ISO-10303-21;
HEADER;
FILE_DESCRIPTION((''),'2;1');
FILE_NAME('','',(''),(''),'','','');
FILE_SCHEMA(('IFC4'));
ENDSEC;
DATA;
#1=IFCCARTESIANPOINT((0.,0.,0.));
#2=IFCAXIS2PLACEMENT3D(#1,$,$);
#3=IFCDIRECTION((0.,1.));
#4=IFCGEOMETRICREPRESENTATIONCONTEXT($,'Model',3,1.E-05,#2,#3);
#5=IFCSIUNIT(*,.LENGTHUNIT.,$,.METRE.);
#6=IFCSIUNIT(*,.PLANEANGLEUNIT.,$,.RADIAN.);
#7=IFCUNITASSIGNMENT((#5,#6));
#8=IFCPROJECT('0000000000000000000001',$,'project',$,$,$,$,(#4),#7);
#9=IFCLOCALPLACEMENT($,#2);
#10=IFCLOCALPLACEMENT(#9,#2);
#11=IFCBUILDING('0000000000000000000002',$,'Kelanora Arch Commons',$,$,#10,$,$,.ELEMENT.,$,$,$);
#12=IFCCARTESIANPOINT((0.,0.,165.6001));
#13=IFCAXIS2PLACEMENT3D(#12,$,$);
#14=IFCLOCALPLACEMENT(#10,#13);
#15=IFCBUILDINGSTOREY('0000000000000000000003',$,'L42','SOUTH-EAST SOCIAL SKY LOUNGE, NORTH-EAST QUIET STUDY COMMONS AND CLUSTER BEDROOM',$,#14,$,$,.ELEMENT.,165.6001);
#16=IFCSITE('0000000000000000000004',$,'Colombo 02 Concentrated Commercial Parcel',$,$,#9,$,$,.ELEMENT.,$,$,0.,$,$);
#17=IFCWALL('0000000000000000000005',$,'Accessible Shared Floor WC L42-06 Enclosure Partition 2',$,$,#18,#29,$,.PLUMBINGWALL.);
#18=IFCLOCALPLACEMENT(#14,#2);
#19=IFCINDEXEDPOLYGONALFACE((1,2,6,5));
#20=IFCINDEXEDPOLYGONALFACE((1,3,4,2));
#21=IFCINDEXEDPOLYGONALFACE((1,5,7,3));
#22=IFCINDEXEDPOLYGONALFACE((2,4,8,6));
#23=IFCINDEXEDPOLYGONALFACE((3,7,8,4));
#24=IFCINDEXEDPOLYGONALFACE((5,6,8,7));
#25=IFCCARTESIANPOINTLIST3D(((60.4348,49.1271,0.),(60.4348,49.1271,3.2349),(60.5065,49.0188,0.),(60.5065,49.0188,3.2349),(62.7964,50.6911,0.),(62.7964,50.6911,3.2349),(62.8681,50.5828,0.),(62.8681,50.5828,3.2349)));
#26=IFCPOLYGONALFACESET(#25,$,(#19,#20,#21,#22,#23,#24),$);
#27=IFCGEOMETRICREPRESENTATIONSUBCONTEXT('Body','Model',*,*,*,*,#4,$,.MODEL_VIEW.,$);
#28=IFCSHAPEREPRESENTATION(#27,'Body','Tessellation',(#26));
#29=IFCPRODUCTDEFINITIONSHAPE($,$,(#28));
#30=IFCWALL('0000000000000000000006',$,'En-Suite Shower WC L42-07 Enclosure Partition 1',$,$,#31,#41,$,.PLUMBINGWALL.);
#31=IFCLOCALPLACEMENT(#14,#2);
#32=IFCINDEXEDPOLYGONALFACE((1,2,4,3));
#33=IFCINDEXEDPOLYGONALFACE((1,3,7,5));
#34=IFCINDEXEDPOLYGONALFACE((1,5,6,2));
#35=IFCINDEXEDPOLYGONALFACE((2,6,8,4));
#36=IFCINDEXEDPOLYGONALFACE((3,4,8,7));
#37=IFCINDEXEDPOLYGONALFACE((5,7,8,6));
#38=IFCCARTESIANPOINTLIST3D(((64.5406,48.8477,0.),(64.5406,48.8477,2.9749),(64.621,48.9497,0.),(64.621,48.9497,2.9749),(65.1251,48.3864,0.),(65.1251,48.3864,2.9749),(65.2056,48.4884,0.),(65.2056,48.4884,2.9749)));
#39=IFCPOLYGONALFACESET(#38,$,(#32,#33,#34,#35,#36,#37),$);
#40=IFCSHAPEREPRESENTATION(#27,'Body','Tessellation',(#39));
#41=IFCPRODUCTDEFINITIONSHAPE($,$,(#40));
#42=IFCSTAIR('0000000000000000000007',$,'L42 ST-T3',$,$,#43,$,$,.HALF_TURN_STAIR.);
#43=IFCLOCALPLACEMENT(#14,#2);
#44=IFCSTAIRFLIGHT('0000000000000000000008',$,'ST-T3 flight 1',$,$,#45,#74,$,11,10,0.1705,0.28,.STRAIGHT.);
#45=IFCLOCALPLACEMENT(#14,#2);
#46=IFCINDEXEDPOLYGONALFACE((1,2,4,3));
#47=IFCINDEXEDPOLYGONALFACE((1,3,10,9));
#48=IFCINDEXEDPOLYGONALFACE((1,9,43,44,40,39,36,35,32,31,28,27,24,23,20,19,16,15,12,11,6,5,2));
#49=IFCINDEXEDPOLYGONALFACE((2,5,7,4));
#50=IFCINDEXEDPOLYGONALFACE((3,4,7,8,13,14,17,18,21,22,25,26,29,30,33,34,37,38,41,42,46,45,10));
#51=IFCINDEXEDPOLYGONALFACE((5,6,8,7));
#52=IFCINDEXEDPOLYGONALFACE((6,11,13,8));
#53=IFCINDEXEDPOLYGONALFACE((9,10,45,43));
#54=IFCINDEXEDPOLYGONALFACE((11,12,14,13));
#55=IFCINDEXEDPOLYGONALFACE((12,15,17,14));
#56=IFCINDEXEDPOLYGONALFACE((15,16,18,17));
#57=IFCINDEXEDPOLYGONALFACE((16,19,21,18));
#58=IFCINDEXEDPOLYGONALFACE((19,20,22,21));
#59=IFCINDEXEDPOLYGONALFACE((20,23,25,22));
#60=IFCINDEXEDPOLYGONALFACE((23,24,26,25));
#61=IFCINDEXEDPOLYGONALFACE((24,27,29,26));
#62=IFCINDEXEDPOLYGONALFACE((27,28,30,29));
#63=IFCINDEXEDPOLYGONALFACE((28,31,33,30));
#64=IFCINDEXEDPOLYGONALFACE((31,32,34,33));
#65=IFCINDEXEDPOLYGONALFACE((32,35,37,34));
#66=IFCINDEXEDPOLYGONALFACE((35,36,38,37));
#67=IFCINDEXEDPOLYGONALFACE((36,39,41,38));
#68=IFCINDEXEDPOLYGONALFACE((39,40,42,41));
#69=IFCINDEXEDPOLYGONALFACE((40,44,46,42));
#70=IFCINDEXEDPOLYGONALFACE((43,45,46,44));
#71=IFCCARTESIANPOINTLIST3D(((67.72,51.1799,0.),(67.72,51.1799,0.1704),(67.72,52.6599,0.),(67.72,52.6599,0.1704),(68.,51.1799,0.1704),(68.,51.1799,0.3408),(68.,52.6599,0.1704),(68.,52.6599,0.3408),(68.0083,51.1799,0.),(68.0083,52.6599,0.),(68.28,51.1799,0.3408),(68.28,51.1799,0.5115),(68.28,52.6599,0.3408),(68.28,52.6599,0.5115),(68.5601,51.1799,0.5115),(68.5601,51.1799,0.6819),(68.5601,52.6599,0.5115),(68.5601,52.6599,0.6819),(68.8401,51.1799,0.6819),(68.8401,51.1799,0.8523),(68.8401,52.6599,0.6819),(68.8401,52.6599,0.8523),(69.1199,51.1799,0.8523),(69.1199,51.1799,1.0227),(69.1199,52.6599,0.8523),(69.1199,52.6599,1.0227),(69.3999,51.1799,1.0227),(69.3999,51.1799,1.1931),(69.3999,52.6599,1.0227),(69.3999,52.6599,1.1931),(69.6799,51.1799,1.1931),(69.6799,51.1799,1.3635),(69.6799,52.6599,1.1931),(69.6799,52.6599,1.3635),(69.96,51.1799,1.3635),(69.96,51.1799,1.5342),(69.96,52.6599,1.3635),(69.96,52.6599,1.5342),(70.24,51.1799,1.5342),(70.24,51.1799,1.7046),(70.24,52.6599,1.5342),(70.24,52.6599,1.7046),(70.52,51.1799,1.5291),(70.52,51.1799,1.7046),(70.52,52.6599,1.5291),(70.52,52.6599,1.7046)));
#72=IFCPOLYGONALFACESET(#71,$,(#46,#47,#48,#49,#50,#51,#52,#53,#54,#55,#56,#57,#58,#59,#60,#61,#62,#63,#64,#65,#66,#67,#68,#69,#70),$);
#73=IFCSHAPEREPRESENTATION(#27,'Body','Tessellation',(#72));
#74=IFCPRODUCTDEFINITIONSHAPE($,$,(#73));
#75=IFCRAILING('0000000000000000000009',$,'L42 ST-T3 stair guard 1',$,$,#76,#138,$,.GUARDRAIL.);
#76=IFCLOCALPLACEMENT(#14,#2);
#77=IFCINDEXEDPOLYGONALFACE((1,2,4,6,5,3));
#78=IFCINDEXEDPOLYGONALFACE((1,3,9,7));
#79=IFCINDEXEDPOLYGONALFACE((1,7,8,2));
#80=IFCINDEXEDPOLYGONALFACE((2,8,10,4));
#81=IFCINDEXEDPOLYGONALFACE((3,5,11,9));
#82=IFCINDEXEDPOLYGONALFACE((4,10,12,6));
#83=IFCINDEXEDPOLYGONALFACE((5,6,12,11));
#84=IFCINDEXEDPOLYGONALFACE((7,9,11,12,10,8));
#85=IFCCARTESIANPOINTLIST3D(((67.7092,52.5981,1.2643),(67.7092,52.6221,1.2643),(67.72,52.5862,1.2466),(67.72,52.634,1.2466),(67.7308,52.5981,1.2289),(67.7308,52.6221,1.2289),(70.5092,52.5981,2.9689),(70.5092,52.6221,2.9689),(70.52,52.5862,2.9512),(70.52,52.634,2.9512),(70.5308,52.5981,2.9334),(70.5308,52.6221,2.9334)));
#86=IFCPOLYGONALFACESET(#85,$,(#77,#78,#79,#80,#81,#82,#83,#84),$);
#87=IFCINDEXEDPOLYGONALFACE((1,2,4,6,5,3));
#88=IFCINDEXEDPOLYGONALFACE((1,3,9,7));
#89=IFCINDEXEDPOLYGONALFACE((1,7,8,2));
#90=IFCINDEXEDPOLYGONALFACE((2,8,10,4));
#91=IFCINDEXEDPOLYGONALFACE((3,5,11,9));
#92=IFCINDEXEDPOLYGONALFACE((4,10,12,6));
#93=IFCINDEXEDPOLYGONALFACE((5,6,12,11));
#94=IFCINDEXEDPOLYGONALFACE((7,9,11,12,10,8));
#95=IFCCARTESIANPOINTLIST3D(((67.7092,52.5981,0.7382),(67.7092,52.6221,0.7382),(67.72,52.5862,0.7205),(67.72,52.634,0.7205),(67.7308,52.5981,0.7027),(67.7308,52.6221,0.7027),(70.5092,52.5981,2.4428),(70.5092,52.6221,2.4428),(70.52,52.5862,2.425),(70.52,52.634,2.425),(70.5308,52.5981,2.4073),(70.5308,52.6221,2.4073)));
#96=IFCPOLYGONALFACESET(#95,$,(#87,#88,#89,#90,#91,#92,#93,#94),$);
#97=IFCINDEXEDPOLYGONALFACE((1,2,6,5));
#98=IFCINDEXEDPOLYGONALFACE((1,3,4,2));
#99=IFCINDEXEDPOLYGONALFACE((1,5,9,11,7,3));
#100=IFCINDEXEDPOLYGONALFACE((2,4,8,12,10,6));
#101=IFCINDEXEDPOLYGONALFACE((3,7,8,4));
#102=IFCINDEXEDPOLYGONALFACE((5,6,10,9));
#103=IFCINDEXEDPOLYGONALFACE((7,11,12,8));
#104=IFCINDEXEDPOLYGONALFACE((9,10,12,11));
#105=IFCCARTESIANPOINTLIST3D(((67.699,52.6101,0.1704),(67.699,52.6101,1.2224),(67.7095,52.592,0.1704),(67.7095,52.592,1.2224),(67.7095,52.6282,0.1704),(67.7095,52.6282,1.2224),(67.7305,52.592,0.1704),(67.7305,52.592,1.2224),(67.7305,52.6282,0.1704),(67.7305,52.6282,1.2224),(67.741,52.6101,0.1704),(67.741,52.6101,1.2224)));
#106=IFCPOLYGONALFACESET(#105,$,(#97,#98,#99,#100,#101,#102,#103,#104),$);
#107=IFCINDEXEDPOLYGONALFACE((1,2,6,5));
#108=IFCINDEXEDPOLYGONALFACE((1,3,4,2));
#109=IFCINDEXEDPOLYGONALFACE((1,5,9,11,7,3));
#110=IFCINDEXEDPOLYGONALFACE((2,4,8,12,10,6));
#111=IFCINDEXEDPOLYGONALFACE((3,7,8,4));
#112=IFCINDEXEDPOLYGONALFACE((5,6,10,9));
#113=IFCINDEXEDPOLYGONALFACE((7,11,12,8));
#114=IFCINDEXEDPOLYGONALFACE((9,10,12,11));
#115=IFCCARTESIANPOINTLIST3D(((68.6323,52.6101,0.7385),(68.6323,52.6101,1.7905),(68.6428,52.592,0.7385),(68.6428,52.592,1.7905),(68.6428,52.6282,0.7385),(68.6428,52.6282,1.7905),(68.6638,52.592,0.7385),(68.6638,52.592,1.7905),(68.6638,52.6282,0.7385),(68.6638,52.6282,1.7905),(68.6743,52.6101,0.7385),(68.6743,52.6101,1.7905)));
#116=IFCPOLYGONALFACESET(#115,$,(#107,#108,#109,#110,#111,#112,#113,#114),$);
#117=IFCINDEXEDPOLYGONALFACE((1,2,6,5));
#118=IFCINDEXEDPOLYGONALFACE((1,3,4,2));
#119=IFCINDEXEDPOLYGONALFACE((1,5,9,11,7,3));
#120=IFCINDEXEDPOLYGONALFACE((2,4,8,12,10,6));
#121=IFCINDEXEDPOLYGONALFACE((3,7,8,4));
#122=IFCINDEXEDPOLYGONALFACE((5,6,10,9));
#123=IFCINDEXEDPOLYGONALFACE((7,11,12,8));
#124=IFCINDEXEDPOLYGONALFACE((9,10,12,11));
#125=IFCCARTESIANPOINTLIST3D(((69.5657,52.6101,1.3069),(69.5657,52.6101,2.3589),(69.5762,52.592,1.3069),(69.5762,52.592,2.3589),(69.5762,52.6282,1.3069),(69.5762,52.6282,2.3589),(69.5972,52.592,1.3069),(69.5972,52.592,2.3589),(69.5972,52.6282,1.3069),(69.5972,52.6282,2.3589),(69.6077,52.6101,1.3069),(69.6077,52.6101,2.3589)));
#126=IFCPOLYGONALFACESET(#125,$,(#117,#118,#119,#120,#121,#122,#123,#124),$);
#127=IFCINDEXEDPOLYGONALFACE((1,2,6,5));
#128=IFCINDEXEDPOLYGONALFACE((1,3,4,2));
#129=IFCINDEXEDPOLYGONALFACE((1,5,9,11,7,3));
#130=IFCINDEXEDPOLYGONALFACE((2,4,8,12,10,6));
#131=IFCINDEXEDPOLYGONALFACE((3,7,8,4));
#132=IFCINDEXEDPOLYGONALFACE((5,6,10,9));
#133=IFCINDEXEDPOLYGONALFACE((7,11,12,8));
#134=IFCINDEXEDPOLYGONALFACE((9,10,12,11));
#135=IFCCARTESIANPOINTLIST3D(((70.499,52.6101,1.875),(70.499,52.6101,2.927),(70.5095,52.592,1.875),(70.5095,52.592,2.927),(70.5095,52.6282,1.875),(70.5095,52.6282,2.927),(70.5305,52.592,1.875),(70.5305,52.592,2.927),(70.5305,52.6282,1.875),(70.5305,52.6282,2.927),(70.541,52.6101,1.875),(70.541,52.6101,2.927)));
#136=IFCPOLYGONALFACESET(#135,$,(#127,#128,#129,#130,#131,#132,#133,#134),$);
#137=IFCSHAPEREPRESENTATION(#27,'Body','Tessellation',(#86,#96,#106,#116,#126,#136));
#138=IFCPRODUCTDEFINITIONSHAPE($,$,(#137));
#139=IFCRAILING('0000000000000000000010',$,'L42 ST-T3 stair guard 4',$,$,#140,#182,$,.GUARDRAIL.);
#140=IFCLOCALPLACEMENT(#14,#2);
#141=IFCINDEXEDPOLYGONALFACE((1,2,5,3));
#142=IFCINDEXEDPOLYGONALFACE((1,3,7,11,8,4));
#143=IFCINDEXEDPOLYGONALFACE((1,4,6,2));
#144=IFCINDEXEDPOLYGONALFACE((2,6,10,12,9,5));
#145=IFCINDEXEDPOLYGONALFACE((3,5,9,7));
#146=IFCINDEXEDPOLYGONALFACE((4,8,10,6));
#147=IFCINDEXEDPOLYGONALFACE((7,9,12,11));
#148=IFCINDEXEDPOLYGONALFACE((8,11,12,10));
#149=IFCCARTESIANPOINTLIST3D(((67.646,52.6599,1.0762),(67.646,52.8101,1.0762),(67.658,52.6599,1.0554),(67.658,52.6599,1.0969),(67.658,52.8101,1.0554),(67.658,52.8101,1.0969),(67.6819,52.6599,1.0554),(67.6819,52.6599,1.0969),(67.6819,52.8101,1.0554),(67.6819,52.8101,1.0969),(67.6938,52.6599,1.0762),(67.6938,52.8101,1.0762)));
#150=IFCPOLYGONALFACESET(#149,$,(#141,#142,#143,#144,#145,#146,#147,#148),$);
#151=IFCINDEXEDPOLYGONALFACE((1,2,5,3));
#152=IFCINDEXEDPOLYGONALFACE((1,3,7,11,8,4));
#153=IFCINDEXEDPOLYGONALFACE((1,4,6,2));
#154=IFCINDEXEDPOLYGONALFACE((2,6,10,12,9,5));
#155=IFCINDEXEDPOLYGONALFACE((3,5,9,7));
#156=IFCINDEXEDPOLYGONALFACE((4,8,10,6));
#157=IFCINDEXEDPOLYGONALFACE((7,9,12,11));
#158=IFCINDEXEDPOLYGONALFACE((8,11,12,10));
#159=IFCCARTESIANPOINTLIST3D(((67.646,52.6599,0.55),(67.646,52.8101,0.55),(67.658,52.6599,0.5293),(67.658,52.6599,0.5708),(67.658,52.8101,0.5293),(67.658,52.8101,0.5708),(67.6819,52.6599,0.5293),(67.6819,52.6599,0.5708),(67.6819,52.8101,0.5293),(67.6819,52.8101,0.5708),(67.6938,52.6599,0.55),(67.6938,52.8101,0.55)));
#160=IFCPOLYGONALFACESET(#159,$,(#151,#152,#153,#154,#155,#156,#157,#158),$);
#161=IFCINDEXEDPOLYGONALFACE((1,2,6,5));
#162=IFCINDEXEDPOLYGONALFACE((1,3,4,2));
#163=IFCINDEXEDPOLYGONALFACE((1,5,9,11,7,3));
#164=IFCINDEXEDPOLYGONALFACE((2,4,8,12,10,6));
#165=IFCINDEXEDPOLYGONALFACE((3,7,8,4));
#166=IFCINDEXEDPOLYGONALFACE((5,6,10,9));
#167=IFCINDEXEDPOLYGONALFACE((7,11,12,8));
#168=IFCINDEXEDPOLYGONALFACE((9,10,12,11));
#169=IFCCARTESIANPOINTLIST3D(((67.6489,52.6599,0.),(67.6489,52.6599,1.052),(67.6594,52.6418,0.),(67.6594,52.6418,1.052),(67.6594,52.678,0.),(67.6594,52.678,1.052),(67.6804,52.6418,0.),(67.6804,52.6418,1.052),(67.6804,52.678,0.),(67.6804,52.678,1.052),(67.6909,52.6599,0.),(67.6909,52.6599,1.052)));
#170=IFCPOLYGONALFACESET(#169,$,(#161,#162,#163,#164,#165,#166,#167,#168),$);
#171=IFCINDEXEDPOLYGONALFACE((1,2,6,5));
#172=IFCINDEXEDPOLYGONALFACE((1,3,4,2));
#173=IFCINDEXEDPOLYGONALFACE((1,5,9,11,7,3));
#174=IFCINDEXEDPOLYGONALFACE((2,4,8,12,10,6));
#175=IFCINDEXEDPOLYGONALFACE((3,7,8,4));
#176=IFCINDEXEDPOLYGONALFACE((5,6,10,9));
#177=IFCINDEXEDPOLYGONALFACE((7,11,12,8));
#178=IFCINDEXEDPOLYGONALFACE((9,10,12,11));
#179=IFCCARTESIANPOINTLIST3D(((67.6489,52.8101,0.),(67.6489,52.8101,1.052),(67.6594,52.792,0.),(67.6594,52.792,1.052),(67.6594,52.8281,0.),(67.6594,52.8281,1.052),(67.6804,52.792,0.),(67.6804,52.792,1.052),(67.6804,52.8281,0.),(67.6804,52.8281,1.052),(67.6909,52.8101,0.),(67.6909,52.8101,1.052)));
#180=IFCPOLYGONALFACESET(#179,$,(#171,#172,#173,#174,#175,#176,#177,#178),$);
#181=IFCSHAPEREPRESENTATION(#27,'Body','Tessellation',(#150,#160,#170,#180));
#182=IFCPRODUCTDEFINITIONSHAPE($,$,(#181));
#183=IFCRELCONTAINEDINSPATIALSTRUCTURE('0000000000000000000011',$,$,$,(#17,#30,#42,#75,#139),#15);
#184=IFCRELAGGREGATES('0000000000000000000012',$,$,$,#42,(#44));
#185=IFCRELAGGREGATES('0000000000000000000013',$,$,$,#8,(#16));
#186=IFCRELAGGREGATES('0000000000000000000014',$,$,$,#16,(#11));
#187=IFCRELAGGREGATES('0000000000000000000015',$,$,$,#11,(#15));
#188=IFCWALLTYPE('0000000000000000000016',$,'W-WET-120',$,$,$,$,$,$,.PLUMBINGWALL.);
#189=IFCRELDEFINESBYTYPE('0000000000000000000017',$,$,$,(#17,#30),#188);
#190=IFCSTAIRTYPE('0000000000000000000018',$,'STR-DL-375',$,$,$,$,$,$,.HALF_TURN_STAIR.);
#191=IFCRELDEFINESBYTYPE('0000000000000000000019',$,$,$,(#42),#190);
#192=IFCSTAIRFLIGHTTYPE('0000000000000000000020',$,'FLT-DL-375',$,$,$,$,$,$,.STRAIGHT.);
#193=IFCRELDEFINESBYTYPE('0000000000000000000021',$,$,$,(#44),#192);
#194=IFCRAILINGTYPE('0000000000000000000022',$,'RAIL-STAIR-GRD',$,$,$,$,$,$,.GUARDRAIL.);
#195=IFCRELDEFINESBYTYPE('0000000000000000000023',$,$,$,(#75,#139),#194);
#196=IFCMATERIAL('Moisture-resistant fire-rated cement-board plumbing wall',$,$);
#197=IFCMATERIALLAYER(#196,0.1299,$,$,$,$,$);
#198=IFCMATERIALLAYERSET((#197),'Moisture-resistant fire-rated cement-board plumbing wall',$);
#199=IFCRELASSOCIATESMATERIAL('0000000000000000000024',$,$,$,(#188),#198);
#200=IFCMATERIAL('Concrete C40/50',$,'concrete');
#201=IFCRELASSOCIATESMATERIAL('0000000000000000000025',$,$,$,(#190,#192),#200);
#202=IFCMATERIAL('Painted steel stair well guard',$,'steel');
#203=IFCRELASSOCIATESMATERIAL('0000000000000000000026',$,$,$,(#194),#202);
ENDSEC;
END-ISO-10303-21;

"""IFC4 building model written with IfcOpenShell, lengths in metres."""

from ifc_helpers import new_model, si_unit, direction, frame, frame_2d, origin, place, context, subcontext, project, spatial, polyline, rectangle, outline, extrude, material, layer, layer_set, type_object, element, aggregate, save


model = new_model("IFC4")

# Units and contexts
model_context = context("Model", 3, precision=1e-05, world=origin(), true_north=direction((0.0, 1.0)))
body_context = subcontext(model_context, "Body", "Model", "MODEL_VIEW")
ifc_project = project(units=[si_unit("LENGTHUNIT", "METRE"), si_unit("PLANEANGLEUNIT", "RADIAN")], contexts=[model_context])

# Site, building, storey
site_placement = place(None, origin())
site = spatial("IfcSite", under=ifc_project, at=site_placement, Name="Colombo 02 Concentrated Commercial Parcel", CompositionType="ELEMENT", RefElevation=0.0)
building_placement = place(site_placement, origin())
building = spatial("IfcBuilding", under=site, at=building_placement, Name="Kelanora Arch Commons", CompositionType="ELEMENT")
storey_placement = place(building_placement, frame((0.0, 0.0, 165.6001)))
storey = spatial("IfcBuildingStorey", under=building, at=storey_placement, Name="L42", Description="SOUTH-EAST SOCIAL SKY LOUNGE, NORTH-EAST QUIET STUDY COMMONS AND CLUSTER BEDROOM", CompositionType="ELEMENT", Elevation=165.6001)

# Shared definitions
ifc_material_1 = material(Name="Concrete C40/50", Category="concrete")

# Shared definitions
ifc_material_2 = material(Name="Moisture-resistant fire-rated cement-board plumbing wall")
ifc_layer_1 = layer(ifc_material_2, 0.1299)
ifc_layer_set_1 = layer_set([ifc_layer_1], Name="Moisture-resistant fire-rated cement-board plumbing wall")
wall_type_1 = type_object("IfcWallType", Name="W-WET-120", PredefinedType="PLUMBINGWALL", material=ifc_layer_set_1)

# Walls
wall_1_placement = place(storey_placement, frame((62.8323, 50.637, 0.0), z_axis=(0.0, 0.0, 1.0), x_axis=(-0.833744, -0.552152, 0.0)))
element("IfcWall", 1, at=wall_1_placement, inside=storey, type_object=wall_type_1, Name="Accessible Shared Floor WC L42-06 Enclosure Partition 2", PredefinedType="PLUMBINGWALL", context=body_context, shape_type="SweptSolid", body=[
    extrude(rectangle(XDim=2.8325, YDim=0.1299, at=frame_2d((1.4163, 0.0))), origin(), (0.0, 0.0, 1.0), 3.2349),
])
wall_2_placement = place(storey_placement, frame((64.5808, 48.8987, 0.0), z_axis=(0.0, 0.0, 1.0), x_axis=(0.785042, -0.619442, 0.0)))
element("IfcWall", 2, at=wall_2_placement, inside=storey, type_object=wall_type_1, Name="En-Suite Shower WC L42-07 Enclosure Partition 1", PredefinedType="PLUMBINGWALL", context=body_context, shape_type="SweptSolid", body=[
    extrude(rectangle(XDim=0.7446, YDim=0.1299, at=frame_2d((0.3723, 0.0))), origin(), (0.0, 0.0, 1.0), 2.9749),
])

# Stair, stair flight
stair_type = type_object("IfcStairType", Name="STR-DL-375", PredefinedType="HALF_TURN_STAIR", material=ifc_material_1)
stair_placement = place(storey_placement, origin())
stair = element("IfcStair", 3, at=stair_placement, inside=storey, type_object=stair_type, Name="L42 ST-T3", PredefinedType="HALF_TURN_STAIR")
stair_flight_type = type_object("IfcStairFlightType", Name="FLT-DL-375", PredefinedType="STRAIGHT", material=ifc_material_1)
stair_flight_placement = place(storey_placement, frame((67.72, 51.9199, 0.0), z_axis=(0.0, 0.0, 1.0), x_axis=(1.0, 0.0, 0.0)))
stair_flight = element("IfcStairFlight", 4, at=stair_flight_placement, type_object=stair_flight_type, Name="ST-T3 flight 1", NumberOfRisers=11, NumberOfTreads=10, PredefinedType="STRAIGHT", RiserHeight=0.1705, TreadLength=0.28, context=body_context, shape_type="SweptSolid", body=[
    extrude(outline(polyline([(0.0, 0.0), (0.0, 0.1704), (0.28, 0.1704), (0.28, 0.3408), (0.5601, 0.3408), (0.5601, 0.5115), (0.8401, 0.5115), (0.8401, 0.6819), (1.1201, 0.6819), (1.1201, 0.8523), (1.3999, 0.8523), (1.3999, 1.0227), (1.6799, 1.0227), (1.6799, 1.1931), (1.96, 1.1931), (1.96, 1.3635), (2.24, 1.3635), (2.24, 1.5342), (2.52, 1.5342), (2.52, 1.7046), (2.8, 1.7046), (2.8, 1.875), (2.8, 1.5291), (0.2883, 0.0), (0.0, 0.0)])), frame((0.0, 0.74, 0.0), z_axis=(0.0, -1.0, 0.0), x_axis=(1.0, 0.0, 0.0)), (0.0, 0.0, 1.0), 1.48),
])
aggregate(stair, [stair_flight])

# Railings
ifc_material_3 = material(Name="Painted steel stair well guard", Category="steel")
railing_type_1 = type_object("IfcRailingType", Name="RAIL-STAIR-GRD", PredefinedType="GUARDRAIL", material=ifc_material_3)
railing_1_placement = place(storey_placement, frame((67.72, 52.6101, 0.1704)))
element("IfcRailing", 5, at=railing_1_placement, inside=storey, type_object=railing_type_1, Name="L42 ST-T3 stair guard 1", PredefinedType="GUARDRAIL", context=body_context, shape_type="SweptSolid", body=[
    extrude(outline(polyline([(0.0239, 0.0), (0.012, 0.0208), (-0.012, 0.0208), (-0.0239, 0.0), (-0.012, -0.0208), (0.012, -0.0208), (0.0239, 0.0)])), frame((0.0, 0.0, 1.0762), z_axis=(0.85417, 0.0, 0.519994), x_axis=(0.0, 1.0, 0.0)), (0.0, 0.0, 1.0), 3.2781),
    extrude(outline(polyline([(0.0239, 0.0), (0.012, 0.0208), (-0.012, 0.0208), (-0.0239, 0.0), (-0.012, -0.0208), (0.012, -0.0208), (0.0239, 0.0)])), frame((0.0, 0.0, 0.55), z_axis=(0.85417, 0.0, 0.519994), x_axis=(0.0, 1.0, 0.0)), (0.0, 0.0, 1.0), 3.2781),
    extrude(outline(polyline([(0.021, 0.0), (0.0105, 0.0181), (-0.0105, 0.0181), (-0.021, 0.0), (-0.0105, -0.0181), (0.0105, -0.0181), (0.021, 0.0)])), origin(), (0.0, 0.0, 1.0), 1.052),
    extrude(outline(polyline([(0.021, 0.0), (0.0105, 0.0181), (-0.0105, 0.0181), (-0.021, 0.0), (-0.0105, -0.0181), (0.0105, -0.0181), (0.021, 0.0)])), frame((0.9333, 0.0, 0.5681)), (0.0, 0.0, 1.0), 1.052),
    extrude(outline(polyline([(0.021, 0.0), (0.0105, 0.0181), (-0.0105, 0.0181), (-0.021, 0.0), (-0.0105, -0.0181), (0.0105, -0.0181), (0.021, 0.0)])), frame((1.8667, 0.0, 1.1365)), (0.0, 0.0, 1.0), 1.052),
    extrude(outline(polyline([(0.021, 0.0), (0.0105, 0.0181), (-0.0105, 0.0181), (-0.021, 0.0), (-0.0105, -0.0181), (0.0105, -0.0181), (0.021, 0.0)])), frame((2.8, 0.0, 1.7046)), (0.0, 0.0, 1.0), 1.052),
])
railing_2_placement = place(storey_placement, frame((67.6699, 52.6599, 0.0)))
element("IfcRailing", 6, at=railing_2_placement, inside=storey, type_object=railing_type_1, Name="L42 ST-T3 stair guard 4", PredefinedType="GUARDRAIL", context=body_context, shape_type="SweptSolid", body=[
    extrude(outline(polyline([(0.0239, 0.0), (0.012, 0.0208), (-0.012, 0.0208), (-0.0239, 0.0), (-0.012, -0.0208), (0.012, -0.0208), (0.0239, 0.0)])), frame((0.0, 0.0, 1.0762), z_axis=(0.0, 1.0, 0.0), x_axis=(-1.0, 0.0, 0.0)), (0.0, 0.0, 1.0), 0.1501),
    extrude(outline(polyline([(0.0239, 0.0), (0.012, 0.0208), (-0.012, 0.0208), (-0.0239, 0.0), (-0.012, -0.0208), (0.012, -0.0208), (0.0239, 0.0)])), frame((0.0, 0.0, 0.55), z_axis=(0.0, 1.0, 0.0), x_axis=(-1.0, 0.0, 0.0)), (0.0, 0.0, 1.0), 0.1501),
    extrude(outline(polyline([(0.021, 0.0), (0.0105, 0.0181), (-0.0105, 0.0181), (-0.021, 0.0), (-0.0105, -0.0181), (0.0105, -0.0181), (0.021, 0.0)])), origin(), (0.0, 0.0, 1.0), 1.052),
    extrude(outline(polyline([(0.021, 0.0), (0.0105, 0.0181), (-0.0105, 0.0181), (-0.021, 0.0), (-0.0105, -0.0181), (0.0105, -0.0181), (0.021, 0.0)])), frame((0.0, 0.1501, 0.0)), (0.0, 0.0, 1.0), 1.052),
])

save(model, "model.ifc")
